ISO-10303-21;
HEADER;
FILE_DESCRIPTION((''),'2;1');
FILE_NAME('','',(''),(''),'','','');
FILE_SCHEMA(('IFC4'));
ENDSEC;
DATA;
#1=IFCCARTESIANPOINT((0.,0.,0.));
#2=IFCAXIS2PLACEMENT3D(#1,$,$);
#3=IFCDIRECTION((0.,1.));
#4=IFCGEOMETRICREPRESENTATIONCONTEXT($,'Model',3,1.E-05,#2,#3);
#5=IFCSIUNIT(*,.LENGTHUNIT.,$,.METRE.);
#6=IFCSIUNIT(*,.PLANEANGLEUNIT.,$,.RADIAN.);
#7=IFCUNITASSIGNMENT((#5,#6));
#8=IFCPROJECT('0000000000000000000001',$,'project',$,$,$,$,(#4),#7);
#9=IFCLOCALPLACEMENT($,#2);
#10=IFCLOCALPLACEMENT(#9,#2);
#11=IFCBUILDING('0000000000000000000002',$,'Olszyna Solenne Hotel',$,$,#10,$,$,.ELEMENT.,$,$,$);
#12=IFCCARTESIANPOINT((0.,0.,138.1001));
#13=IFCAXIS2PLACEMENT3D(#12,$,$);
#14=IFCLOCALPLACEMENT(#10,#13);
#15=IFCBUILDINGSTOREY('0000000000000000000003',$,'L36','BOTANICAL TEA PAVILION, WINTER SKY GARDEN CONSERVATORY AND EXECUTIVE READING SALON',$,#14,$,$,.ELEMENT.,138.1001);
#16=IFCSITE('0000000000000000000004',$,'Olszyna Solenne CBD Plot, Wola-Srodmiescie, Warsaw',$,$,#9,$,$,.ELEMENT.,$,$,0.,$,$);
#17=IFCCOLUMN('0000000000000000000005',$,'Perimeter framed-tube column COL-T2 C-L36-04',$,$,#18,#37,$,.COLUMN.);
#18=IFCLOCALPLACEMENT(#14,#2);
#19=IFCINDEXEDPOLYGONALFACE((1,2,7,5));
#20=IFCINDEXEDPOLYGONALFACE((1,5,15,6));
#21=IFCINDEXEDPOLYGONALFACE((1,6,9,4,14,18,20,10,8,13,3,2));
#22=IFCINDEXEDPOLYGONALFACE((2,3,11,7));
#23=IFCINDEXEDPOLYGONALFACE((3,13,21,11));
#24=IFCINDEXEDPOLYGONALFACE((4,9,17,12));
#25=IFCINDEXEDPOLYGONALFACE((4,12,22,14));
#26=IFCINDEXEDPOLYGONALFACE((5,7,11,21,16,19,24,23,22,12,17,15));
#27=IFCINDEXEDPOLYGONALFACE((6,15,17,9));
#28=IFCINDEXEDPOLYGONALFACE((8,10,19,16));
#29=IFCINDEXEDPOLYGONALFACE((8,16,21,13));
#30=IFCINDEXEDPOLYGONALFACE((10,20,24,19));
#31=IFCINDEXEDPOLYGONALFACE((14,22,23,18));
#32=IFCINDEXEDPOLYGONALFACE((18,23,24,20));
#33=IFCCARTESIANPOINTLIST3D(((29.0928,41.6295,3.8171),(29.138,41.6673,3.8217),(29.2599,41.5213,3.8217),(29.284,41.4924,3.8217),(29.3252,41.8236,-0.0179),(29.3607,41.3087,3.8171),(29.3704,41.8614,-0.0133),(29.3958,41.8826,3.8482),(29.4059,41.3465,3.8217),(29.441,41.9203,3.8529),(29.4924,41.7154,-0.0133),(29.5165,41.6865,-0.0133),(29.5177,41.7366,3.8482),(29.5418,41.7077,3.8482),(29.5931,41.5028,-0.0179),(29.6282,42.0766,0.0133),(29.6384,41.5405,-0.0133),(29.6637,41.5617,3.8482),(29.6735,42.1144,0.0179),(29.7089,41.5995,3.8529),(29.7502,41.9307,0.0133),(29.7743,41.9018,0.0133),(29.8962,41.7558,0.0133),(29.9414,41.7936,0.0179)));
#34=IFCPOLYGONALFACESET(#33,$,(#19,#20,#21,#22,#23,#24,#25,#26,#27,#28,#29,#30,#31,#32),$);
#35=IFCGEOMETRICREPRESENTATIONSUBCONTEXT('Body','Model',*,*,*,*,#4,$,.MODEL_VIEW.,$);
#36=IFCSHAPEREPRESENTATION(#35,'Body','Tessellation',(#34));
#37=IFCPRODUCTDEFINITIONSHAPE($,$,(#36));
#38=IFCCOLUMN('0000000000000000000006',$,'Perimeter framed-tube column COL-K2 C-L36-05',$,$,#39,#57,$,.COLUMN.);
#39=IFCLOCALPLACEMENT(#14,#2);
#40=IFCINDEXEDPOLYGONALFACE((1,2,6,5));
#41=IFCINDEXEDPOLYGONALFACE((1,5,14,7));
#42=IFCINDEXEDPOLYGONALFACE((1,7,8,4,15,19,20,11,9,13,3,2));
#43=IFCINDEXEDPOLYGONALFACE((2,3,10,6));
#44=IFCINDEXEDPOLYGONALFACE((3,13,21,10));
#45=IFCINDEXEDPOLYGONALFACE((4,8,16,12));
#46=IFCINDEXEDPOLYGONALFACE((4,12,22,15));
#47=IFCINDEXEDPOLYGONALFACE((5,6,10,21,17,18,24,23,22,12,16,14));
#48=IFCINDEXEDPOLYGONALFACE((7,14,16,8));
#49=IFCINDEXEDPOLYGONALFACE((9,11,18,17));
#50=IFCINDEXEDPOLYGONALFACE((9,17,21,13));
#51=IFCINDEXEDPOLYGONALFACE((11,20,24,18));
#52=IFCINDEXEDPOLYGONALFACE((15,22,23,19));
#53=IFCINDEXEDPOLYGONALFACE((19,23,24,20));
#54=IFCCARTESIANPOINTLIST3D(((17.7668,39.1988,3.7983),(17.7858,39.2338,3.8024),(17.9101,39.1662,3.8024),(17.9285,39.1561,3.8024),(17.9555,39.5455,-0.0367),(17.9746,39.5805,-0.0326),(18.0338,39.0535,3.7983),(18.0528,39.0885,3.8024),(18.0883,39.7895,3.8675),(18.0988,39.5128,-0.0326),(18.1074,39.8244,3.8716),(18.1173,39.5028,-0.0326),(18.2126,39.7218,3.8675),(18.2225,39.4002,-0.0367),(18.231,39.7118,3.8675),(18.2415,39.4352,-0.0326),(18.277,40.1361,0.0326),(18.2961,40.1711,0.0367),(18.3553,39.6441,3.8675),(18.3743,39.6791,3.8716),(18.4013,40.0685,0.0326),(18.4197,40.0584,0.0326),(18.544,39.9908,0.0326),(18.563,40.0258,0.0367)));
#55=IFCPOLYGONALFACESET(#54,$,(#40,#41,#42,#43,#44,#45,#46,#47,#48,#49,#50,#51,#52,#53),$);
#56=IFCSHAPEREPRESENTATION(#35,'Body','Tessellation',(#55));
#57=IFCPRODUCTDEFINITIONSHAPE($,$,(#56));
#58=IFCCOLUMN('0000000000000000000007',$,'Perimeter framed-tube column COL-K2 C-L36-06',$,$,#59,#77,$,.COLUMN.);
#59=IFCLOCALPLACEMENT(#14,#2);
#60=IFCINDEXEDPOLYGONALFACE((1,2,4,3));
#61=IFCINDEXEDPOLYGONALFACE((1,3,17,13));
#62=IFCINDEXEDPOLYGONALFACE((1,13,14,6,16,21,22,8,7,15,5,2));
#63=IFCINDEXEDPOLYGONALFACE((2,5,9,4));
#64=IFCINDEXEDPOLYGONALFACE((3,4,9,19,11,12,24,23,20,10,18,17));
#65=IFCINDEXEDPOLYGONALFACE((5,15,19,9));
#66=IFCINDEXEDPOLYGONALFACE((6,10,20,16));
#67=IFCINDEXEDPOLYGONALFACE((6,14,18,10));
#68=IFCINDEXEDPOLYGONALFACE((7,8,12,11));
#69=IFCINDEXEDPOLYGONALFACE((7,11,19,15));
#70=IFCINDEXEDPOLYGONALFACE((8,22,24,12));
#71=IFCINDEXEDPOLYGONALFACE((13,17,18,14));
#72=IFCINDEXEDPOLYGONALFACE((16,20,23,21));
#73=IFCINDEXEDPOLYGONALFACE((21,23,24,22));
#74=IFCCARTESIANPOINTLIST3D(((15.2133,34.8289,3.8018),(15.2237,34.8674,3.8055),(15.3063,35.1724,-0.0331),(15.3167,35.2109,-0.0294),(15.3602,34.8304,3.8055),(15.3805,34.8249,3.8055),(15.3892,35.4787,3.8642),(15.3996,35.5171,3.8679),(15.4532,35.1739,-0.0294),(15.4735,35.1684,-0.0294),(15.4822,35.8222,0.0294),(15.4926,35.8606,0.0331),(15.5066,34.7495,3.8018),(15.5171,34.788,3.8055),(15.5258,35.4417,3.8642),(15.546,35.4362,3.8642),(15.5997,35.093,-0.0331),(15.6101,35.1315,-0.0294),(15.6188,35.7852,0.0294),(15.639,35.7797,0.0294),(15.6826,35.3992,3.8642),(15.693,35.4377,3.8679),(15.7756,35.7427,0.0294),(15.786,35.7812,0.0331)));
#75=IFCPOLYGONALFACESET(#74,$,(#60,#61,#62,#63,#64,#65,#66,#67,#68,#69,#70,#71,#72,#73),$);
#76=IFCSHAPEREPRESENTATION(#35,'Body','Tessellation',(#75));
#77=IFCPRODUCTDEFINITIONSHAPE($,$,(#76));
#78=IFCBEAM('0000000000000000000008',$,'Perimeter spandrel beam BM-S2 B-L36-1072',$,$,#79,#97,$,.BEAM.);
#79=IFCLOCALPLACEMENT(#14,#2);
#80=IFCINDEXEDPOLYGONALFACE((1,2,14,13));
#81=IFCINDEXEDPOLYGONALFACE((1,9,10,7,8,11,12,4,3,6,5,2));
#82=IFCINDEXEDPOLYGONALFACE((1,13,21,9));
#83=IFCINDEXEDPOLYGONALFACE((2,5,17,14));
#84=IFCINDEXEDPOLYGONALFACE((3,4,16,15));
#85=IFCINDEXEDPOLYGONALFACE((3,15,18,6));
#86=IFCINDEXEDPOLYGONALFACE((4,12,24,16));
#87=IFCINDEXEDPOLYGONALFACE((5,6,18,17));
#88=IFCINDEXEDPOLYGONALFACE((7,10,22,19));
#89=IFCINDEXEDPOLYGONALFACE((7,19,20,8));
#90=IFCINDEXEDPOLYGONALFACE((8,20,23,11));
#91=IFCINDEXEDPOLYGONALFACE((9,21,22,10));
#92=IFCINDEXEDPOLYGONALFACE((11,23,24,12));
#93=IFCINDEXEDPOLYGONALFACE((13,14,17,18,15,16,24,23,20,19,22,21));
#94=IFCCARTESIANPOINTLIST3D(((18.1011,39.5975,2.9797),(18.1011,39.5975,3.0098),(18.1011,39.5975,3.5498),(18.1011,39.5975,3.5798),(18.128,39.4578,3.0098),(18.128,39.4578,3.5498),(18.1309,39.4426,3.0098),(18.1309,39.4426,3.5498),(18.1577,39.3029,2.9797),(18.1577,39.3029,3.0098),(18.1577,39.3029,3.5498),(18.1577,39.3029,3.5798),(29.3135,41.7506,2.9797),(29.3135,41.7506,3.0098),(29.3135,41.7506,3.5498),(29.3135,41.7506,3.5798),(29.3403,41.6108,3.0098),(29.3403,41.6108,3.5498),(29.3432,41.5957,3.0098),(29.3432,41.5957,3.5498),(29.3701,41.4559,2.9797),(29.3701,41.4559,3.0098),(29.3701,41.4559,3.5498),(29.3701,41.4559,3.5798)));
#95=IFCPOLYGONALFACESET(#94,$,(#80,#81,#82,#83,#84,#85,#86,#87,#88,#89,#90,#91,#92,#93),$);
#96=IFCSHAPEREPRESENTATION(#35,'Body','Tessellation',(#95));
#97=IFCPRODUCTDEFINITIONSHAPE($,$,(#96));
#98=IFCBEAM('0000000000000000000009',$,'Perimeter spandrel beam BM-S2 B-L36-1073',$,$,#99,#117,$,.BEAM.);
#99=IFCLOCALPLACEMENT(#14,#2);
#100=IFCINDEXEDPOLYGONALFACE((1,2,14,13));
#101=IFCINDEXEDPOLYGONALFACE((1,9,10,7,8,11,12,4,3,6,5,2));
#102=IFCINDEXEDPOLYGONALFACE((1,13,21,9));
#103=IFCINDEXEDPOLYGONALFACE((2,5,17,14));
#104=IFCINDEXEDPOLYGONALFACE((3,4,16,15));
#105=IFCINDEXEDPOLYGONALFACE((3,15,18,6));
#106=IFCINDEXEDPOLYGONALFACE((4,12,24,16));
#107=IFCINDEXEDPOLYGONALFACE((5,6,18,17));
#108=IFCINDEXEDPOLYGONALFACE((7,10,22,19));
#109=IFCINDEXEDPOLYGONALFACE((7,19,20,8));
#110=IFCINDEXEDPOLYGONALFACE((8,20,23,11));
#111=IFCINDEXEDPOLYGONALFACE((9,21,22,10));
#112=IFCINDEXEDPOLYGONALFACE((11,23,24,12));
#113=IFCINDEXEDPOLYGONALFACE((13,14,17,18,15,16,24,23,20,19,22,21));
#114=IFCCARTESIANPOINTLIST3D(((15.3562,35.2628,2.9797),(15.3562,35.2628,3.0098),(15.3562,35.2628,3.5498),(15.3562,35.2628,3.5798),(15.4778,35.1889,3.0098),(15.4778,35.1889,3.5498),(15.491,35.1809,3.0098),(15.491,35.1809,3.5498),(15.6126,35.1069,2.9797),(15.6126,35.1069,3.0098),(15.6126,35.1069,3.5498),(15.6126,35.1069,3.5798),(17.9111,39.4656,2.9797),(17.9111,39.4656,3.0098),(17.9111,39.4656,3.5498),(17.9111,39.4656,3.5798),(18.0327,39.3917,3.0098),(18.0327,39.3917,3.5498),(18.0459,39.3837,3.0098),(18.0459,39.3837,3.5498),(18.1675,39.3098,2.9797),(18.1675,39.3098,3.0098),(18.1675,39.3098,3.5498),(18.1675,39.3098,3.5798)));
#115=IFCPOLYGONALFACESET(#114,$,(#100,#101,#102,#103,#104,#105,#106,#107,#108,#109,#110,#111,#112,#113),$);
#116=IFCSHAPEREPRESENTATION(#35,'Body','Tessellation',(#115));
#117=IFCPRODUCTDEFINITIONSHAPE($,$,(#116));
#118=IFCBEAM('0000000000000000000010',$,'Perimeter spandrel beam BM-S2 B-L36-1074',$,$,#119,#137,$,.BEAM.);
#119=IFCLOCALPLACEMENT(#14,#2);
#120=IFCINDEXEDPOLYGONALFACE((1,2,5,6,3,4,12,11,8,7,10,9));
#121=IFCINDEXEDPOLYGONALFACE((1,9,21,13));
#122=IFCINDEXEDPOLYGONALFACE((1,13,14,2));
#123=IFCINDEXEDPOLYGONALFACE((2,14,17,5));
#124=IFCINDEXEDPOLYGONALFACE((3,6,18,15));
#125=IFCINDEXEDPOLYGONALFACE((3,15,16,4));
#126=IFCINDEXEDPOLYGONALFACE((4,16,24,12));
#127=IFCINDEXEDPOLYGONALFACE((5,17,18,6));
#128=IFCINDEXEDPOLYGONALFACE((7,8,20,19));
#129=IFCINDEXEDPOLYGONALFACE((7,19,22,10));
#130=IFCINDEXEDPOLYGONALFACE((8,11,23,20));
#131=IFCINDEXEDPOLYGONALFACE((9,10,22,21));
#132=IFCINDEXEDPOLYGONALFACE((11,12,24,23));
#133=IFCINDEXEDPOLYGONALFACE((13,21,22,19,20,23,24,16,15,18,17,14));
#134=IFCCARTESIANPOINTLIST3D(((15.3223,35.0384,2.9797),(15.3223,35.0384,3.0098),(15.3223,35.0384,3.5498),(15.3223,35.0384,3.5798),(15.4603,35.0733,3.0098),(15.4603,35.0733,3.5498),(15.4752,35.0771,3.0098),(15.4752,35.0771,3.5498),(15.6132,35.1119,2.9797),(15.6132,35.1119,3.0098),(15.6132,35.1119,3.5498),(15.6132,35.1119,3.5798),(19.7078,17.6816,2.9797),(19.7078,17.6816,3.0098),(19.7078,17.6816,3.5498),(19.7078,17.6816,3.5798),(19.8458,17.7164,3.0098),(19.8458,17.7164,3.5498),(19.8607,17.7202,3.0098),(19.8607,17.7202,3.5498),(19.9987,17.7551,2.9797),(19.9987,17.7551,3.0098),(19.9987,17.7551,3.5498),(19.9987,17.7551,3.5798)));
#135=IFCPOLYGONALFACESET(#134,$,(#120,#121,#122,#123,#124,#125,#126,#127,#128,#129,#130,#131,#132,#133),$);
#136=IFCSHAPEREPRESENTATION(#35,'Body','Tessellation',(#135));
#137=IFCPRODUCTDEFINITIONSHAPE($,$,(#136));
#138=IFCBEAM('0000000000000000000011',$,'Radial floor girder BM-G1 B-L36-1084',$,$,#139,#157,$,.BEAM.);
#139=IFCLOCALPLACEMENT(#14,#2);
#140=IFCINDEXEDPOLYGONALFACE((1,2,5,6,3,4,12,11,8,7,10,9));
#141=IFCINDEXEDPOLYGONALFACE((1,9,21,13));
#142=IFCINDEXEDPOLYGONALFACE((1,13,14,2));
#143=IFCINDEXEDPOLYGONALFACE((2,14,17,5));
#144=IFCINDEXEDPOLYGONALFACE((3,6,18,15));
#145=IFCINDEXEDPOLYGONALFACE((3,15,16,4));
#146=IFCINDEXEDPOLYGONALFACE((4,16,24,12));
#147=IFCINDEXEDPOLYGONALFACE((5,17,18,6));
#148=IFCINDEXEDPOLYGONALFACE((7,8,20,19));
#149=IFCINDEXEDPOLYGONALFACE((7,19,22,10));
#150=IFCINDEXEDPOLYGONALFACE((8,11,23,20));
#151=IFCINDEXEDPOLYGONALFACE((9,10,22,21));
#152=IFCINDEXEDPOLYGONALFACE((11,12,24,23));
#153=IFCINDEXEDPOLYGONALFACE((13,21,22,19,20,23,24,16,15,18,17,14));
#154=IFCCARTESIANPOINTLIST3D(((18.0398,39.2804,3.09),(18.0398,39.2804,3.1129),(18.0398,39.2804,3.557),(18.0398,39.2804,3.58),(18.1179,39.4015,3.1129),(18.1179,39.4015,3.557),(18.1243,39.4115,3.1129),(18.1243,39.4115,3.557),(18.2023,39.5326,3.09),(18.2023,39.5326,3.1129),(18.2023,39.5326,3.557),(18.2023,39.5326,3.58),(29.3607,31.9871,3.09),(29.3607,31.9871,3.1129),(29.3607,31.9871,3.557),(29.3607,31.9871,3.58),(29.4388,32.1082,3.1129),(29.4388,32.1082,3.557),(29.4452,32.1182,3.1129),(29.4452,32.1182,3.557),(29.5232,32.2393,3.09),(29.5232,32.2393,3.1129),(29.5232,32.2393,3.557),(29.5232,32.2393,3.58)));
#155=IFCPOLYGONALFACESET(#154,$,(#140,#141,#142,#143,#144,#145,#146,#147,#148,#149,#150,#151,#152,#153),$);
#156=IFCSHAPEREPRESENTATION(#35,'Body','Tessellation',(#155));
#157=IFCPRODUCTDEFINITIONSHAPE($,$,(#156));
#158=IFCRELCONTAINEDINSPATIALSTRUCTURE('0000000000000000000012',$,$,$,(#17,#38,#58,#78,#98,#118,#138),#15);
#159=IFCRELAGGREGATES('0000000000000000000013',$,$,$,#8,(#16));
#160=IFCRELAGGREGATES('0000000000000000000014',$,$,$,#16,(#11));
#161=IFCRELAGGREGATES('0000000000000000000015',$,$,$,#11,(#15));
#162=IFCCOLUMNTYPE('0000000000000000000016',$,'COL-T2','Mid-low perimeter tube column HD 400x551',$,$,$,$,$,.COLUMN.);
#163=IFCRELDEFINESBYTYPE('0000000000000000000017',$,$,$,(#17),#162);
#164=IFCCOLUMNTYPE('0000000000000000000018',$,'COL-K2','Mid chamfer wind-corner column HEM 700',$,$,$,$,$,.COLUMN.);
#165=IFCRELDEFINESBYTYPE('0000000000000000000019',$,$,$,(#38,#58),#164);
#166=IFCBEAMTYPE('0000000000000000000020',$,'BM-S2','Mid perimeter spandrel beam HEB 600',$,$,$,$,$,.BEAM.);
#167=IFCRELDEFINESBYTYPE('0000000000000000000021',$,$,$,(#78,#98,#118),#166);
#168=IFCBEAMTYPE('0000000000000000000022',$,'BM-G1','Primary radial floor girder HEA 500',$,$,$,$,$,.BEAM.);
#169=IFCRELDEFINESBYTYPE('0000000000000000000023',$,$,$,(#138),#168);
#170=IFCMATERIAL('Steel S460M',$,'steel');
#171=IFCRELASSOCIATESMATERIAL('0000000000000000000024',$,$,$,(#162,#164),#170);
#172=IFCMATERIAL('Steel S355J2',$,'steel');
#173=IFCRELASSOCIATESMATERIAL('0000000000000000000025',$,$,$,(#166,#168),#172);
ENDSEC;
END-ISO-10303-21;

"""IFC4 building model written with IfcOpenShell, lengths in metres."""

from ifc_helpers import new_model, si_unit, direction, frame, origin, origin_2d, place, context, subcontext, project, spatial, i_section, extrude, source, transform, mapped, material, material_profile, profile_set, type_object, element, save


model = new_model("IFC4")

# Units and contexts
model_context = context("Model", 3, precision=1e-05, world=origin(), true_north=direction((0.0, 1.0)))
body_context = subcontext(model_context, "Body", "Model", "MODEL_VIEW")
ifc_project = project(units=[si_unit("LENGTHUNIT", "METRE"), si_unit("PLANEANGLEUNIT", "RADIAN")], contexts=[model_context])

# Site, building, storey
site_placement = place(None, origin())
site = spatial("IfcSite", under=ifc_project, at=site_placement, Name="Olszyna Solenne CBD Plot, Wola-Srodmiescie, Warsaw", CompositionType="ELEMENT", RefElevation=0.0)
building_placement = place(site_placement, origin())
building = spatial("IfcBuilding", under=site, at=building_placement, Name="Olszyna Solenne Hotel", CompositionType="ELEMENT")
storey_placement = place(building_placement, frame((0.0, 0.0, 138.1001)))
storey = spatial("IfcBuildingStorey", under=building, at=storey_placement, Name="L36", Description="BOTANICAL TEA PAVILION, WINTER SKY GARDEN CONSERVATORY AND EXECUTIVE READING SALON", CompositionType="ELEMENT", Elevation=138.1001)

# Columns
ifc_material_1 = material(Name="Steel S460M", Category="steel")
ifc_material_profile_1 = material_profile(ifc_material_1, i_section(OverallWidth=0.418, OverallDepth=0.4551, WebThickness=0.0376, FlangeThickness=0.0591, at=origin_2d()), Name="HD 400x551", Category="load-bearing")
ifc_profile_set_1 = profile_set([ifc_material_profile_1], Name="Steel S460M")
column_type_1 = type_object("IfcColumnType", Name="COL-T2", Description="Mid-low perimeter tube column HD 400x551", PredefinedType="COLUMN", material=ifc_profile_set_1)
shared_shape_1 = source(origin(), body_context, "Body", "SweptSolid", [
    extrude(i_section(OverallWidth=0.418, OverallDepth=0.4551, WebThickness=0.0376, FlangeThickness=0.0591, at=origin_2d()), origin(), (0.0, 0.0, 1.0), 3.8469),
])
column_1_placement = place(storey_placement, frame((29.6333, 41.8086, 0.0), z_axis=(-0.060418, -0.050454, 0.996897), x_axis=(0.640977, -0.76756, 0.0)))
element("IfcColumn", 1, at=column_1_placement, inside=storey, type_object=column_type_1, Name="Perimeter framed-tube column COL-T2 C-L36-04", PredefinedType="COLUMN", context=body_context, shape_type="MappedRepresentation", body=[
    mapped(shared_shape_1, transform((0.0, 0.0, 0.0), x_axis=(1.0, 0.0, 0.0), y_axis=(0.0, 1.0, 0.0), z_axis=(0.0, 0.0, 1.0), scale=1.0)),
])
ifc_material_profile_2 = material_profile(ifc_material_1, i_section(OverallWidth=0.304, OverallDepth=0.7161, WebThickness=0.021, FlangeThickness=0.04, at=origin_2d()), Name="HEM 700", Category="load-bearing")
ifc_profile_set_2 = profile_set([ifc_material_profile_2], Name="Steel S460M")
column_type_2 = type_object("IfcColumnType", Name="COL-K2", Description="Mid chamfer wind-corner column HEM 700", PredefinedType="COLUMN", material=ifc_profile_set_2)
shared_shape_2 = source(origin(), body_context, "Body", "SweptSolid", [
    extrude(i_section(OverallWidth=0.304, OverallDepth=0.7161, WebThickness=0.021, FlangeThickness=0.04, at=origin_2d()), origin(), (0.0, 0.0, 1.0), 3.8552),
])
column_2_placement = place(storey_placement, frame((18.2593, 39.7856, 0.0), z_axis=(-0.048952, -0.089925, 0.994745), x_axis=(0.878297, -0.478115, 0.0)))
element("IfcColumn", 2, at=column_2_placement, inside=storey, type_object=column_type_2, Name="Perimeter framed-tube column COL-K2 C-L36-05", PredefinedType="COLUMN", context=body_context, shape_type="MappedRepresentation", body=[
    mapped(shared_shape_2, transform((0.0, 0.0, 0.0), x_axis=(1.0, 0.0, 0.0), y_axis=(0.0, 1.0, 0.0), z_axis=(0.0, 0.0, 1.0), scale=1.0)),
])
shared_shape_3 = source(origin(), body_context, "Body", "SweptSolid", [
    extrude(i_section(OverallWidth=0.304, OverallDepth=0.7161, WebThickness=0.021, FlangeThickness=0.04, at=origin_2d()), origin(), (0.0, 0.0, 1.0), 3.8513),
])
column_3_placement = place(storey_placement, frame((15.5461, 35.4768, 0.0), z_axis=(-0.024151, -0.089189, 0.995722), x_axis=(0.965237, -0.261376, 0.0)))
element("IfcColumn", 3, at=column_3_placement, inside=storey, type_object=column_type_2, Name="Perimeter framed-tube column COL-K2 C-L36-06", PredefinedType="COLUMN", context=body_context, shape_type="MappedRepresentation", body=[
    mapped(shared_shape_3, transform((0.0, 0.0, 0.0), x_axis=(1.0, 0.0, 0.0), y_axis=(0.0, 1.0, 0.0), z_axis=(0.0, 0.0, 1.0), scale=1.0)),
])

# Beams
ifc_material_2 = material(Name="Steel S355J2", Category="steel")
ifc_material_profile_3 = material_profile(ifc_material_2, i_section(OverallWidth=0.3, OverallDepth=0.6001, WebThickness=0.0154, FlangeThickness=0.03, at=origin_2d()), Name="HEB 600", Category="load-bearing")
ifc_profile_set_3 = profile_set([ifc_material_profile_3], Name="Steel S355J2")
beam_type_1 = type_object("IfcBeamType", Name="BM-S2", Description="Mid perimeter spandrel beam HEB 600", PredefinedType="BEAM", material=ifc_profile_set_3)
shared_shape_4 = source(origin(), body_context, "Body", "SweptSolid", [
    extrude(i_section(OverallWidth=0.3, OverallDepth=0.6001, WebThickness=0.0154, FlangeThickness=0.03, at=origin_2d()), origin(), (0.0, 0.0, 1.0), 11.4172),
])
beam_1_placement = place(storey_placement, frame((29.3418, 41.6033, 3.2798), z_axis=(-0.982058, -0.188581, 0.0), x_axis=(0.188581, -0.982058, 0.0)))
element("IfcBeam", 4, at=beam_1_placement, inside=storey, type_object=beam_type_1, Name="Perimeter spandrel beam BM-S2 B-L36-1072", PredefinedType="BEAM", context=body_context, shape_type="MappedRepresentation", body=[
    mapped(shared_shape_4, transform((0.0, 0.0, 0.0), x_axis=(1.0, 0.0, 0.0), y_axis=(0.0, 1.0, 0.0), z_axis=(0.0, 0.0, 1.0), scale=1.0)),
])
shared_shape_5 = source(origin(), body_context, "Body", "SweptSolid", [
    extrude(i_section(OverallWidth=0.3, OverallDepth=0.6001, WebThickness=0.0154, FlangeThickness=0.03, at=origin_2d()), origin(), (0.0, 0.0, 1.0), 4.9185),
])
beam_2_placement = place(storey_placement, frame((18.0393, 39.3877, 3.2798), z_axis=(-0.519451, -0.8545, 0.0), x_axis=(0.8545, -0.519451, 0.0)))
element("IfcBeam", 5, at=beam_2_placement, inside=storey, type_object=beam_type_1, Name="Perimeter spandrel beam BM-S2 B-L36-1073", PredefinedType="BEAM", context=body_context, shape_type="MappedRepresentation", body=[
    mapped(shared_shape_5, transform((0.0, 0.0, 0.0), x_axis=(1.0, 0.0, 0.0), y_axis=(0.0, 1.0, 0.0), z_axis=(0.0, 0.0, 1.0), scale=1.0)),
])
shared_shape_6 = source(origin(), body_context, "Body", "SweptSolid", [
    extrude(i_section(OverallWidth=0.3, OverallDepth=0.6001, WebThickness=0.0154, FlangeThickness=0.03, at=origin_2d()), origin(), (0.0, 0.0, 1.0), 17.9023),
])
beam_3_placement = place(storey_placement, frame((15.4678, 35.0752, 3.2798), z_axis=(0.244967, -0.969531, 0.0), x_axis=(0.969531, 0.244967, 0.0)))
element("IfcBeam", 6, at=beam_3_placement, inside=storey, type_object=beam_type_1, Name="Perimeter spandrel beam BM-S2 B-L36-1074", PredefinedType="BEAM", context=body_context, shape_type="MappedRepresentation", body=[
    mapped(shared_shape_6, transform((0.0, 0.0, 0.0), x_axis=(1.0, 0.0, 0.0), y_axis=(0.0, 1.0, 0.0), z_axis=(0.0, 0.0, 1.0), scale=1.0)),
])
ifc_material_profile_4 = material_profile(ifc_material_2, i_section(OverallWidth=0.3, OverallDepth=0.49, WebThickness=0.012, FlangeThickness=0.0229, at=origin_2d()), Name="HEA 500", Category="load-bearing")
ifc_profile_set_4 = profile_set([ifc_material_profile_4], Name="Steel S355J2")
beam_type_2 = type_object("IfcBeamType", Name="BM-G1", Description="Primary radial floor girder HEA 500", PredefinedType="BEAM", material=ifc_profile_set_4)
shared_shape_7 = source(origin(), body_context, "Body", "SweptSolid", [
    extrude(i_section(OverallWidth=0.3, OverallDepth=0.49, WebThickness=0.012, FlangeThickness=0.0229, at=origin_2d()), origin(), (0.0, 0.0, 1.0), 13.4668),
])
beam_4_placement = place(storey_placement, frame((18.1211, 39.4065, 3.335), z_axis=(0.840653, -0.541575, 0.0), x_axis=(0.541575, 0.840653, 0.0)))
element("IfcBeam", 7, at=beam_4_placement, inside=storey, type_object=beam_type_2, Name="Radial floor girder BM-G1 B-L36-1084", PredefinedType="BEAM", context=body_context, shape_type="MappedRepresentation", body=[
    mapped(shared_shape_7, transform((0.0, 0.0, 0.0), x_axis=(1.0, 0.0, 0.0), y_axis=(0.0, 1.0, 0.0), z_axis=(0.0, 0.0, 1.0), scale=1.0)),
])

save(model, "model.ifc")
